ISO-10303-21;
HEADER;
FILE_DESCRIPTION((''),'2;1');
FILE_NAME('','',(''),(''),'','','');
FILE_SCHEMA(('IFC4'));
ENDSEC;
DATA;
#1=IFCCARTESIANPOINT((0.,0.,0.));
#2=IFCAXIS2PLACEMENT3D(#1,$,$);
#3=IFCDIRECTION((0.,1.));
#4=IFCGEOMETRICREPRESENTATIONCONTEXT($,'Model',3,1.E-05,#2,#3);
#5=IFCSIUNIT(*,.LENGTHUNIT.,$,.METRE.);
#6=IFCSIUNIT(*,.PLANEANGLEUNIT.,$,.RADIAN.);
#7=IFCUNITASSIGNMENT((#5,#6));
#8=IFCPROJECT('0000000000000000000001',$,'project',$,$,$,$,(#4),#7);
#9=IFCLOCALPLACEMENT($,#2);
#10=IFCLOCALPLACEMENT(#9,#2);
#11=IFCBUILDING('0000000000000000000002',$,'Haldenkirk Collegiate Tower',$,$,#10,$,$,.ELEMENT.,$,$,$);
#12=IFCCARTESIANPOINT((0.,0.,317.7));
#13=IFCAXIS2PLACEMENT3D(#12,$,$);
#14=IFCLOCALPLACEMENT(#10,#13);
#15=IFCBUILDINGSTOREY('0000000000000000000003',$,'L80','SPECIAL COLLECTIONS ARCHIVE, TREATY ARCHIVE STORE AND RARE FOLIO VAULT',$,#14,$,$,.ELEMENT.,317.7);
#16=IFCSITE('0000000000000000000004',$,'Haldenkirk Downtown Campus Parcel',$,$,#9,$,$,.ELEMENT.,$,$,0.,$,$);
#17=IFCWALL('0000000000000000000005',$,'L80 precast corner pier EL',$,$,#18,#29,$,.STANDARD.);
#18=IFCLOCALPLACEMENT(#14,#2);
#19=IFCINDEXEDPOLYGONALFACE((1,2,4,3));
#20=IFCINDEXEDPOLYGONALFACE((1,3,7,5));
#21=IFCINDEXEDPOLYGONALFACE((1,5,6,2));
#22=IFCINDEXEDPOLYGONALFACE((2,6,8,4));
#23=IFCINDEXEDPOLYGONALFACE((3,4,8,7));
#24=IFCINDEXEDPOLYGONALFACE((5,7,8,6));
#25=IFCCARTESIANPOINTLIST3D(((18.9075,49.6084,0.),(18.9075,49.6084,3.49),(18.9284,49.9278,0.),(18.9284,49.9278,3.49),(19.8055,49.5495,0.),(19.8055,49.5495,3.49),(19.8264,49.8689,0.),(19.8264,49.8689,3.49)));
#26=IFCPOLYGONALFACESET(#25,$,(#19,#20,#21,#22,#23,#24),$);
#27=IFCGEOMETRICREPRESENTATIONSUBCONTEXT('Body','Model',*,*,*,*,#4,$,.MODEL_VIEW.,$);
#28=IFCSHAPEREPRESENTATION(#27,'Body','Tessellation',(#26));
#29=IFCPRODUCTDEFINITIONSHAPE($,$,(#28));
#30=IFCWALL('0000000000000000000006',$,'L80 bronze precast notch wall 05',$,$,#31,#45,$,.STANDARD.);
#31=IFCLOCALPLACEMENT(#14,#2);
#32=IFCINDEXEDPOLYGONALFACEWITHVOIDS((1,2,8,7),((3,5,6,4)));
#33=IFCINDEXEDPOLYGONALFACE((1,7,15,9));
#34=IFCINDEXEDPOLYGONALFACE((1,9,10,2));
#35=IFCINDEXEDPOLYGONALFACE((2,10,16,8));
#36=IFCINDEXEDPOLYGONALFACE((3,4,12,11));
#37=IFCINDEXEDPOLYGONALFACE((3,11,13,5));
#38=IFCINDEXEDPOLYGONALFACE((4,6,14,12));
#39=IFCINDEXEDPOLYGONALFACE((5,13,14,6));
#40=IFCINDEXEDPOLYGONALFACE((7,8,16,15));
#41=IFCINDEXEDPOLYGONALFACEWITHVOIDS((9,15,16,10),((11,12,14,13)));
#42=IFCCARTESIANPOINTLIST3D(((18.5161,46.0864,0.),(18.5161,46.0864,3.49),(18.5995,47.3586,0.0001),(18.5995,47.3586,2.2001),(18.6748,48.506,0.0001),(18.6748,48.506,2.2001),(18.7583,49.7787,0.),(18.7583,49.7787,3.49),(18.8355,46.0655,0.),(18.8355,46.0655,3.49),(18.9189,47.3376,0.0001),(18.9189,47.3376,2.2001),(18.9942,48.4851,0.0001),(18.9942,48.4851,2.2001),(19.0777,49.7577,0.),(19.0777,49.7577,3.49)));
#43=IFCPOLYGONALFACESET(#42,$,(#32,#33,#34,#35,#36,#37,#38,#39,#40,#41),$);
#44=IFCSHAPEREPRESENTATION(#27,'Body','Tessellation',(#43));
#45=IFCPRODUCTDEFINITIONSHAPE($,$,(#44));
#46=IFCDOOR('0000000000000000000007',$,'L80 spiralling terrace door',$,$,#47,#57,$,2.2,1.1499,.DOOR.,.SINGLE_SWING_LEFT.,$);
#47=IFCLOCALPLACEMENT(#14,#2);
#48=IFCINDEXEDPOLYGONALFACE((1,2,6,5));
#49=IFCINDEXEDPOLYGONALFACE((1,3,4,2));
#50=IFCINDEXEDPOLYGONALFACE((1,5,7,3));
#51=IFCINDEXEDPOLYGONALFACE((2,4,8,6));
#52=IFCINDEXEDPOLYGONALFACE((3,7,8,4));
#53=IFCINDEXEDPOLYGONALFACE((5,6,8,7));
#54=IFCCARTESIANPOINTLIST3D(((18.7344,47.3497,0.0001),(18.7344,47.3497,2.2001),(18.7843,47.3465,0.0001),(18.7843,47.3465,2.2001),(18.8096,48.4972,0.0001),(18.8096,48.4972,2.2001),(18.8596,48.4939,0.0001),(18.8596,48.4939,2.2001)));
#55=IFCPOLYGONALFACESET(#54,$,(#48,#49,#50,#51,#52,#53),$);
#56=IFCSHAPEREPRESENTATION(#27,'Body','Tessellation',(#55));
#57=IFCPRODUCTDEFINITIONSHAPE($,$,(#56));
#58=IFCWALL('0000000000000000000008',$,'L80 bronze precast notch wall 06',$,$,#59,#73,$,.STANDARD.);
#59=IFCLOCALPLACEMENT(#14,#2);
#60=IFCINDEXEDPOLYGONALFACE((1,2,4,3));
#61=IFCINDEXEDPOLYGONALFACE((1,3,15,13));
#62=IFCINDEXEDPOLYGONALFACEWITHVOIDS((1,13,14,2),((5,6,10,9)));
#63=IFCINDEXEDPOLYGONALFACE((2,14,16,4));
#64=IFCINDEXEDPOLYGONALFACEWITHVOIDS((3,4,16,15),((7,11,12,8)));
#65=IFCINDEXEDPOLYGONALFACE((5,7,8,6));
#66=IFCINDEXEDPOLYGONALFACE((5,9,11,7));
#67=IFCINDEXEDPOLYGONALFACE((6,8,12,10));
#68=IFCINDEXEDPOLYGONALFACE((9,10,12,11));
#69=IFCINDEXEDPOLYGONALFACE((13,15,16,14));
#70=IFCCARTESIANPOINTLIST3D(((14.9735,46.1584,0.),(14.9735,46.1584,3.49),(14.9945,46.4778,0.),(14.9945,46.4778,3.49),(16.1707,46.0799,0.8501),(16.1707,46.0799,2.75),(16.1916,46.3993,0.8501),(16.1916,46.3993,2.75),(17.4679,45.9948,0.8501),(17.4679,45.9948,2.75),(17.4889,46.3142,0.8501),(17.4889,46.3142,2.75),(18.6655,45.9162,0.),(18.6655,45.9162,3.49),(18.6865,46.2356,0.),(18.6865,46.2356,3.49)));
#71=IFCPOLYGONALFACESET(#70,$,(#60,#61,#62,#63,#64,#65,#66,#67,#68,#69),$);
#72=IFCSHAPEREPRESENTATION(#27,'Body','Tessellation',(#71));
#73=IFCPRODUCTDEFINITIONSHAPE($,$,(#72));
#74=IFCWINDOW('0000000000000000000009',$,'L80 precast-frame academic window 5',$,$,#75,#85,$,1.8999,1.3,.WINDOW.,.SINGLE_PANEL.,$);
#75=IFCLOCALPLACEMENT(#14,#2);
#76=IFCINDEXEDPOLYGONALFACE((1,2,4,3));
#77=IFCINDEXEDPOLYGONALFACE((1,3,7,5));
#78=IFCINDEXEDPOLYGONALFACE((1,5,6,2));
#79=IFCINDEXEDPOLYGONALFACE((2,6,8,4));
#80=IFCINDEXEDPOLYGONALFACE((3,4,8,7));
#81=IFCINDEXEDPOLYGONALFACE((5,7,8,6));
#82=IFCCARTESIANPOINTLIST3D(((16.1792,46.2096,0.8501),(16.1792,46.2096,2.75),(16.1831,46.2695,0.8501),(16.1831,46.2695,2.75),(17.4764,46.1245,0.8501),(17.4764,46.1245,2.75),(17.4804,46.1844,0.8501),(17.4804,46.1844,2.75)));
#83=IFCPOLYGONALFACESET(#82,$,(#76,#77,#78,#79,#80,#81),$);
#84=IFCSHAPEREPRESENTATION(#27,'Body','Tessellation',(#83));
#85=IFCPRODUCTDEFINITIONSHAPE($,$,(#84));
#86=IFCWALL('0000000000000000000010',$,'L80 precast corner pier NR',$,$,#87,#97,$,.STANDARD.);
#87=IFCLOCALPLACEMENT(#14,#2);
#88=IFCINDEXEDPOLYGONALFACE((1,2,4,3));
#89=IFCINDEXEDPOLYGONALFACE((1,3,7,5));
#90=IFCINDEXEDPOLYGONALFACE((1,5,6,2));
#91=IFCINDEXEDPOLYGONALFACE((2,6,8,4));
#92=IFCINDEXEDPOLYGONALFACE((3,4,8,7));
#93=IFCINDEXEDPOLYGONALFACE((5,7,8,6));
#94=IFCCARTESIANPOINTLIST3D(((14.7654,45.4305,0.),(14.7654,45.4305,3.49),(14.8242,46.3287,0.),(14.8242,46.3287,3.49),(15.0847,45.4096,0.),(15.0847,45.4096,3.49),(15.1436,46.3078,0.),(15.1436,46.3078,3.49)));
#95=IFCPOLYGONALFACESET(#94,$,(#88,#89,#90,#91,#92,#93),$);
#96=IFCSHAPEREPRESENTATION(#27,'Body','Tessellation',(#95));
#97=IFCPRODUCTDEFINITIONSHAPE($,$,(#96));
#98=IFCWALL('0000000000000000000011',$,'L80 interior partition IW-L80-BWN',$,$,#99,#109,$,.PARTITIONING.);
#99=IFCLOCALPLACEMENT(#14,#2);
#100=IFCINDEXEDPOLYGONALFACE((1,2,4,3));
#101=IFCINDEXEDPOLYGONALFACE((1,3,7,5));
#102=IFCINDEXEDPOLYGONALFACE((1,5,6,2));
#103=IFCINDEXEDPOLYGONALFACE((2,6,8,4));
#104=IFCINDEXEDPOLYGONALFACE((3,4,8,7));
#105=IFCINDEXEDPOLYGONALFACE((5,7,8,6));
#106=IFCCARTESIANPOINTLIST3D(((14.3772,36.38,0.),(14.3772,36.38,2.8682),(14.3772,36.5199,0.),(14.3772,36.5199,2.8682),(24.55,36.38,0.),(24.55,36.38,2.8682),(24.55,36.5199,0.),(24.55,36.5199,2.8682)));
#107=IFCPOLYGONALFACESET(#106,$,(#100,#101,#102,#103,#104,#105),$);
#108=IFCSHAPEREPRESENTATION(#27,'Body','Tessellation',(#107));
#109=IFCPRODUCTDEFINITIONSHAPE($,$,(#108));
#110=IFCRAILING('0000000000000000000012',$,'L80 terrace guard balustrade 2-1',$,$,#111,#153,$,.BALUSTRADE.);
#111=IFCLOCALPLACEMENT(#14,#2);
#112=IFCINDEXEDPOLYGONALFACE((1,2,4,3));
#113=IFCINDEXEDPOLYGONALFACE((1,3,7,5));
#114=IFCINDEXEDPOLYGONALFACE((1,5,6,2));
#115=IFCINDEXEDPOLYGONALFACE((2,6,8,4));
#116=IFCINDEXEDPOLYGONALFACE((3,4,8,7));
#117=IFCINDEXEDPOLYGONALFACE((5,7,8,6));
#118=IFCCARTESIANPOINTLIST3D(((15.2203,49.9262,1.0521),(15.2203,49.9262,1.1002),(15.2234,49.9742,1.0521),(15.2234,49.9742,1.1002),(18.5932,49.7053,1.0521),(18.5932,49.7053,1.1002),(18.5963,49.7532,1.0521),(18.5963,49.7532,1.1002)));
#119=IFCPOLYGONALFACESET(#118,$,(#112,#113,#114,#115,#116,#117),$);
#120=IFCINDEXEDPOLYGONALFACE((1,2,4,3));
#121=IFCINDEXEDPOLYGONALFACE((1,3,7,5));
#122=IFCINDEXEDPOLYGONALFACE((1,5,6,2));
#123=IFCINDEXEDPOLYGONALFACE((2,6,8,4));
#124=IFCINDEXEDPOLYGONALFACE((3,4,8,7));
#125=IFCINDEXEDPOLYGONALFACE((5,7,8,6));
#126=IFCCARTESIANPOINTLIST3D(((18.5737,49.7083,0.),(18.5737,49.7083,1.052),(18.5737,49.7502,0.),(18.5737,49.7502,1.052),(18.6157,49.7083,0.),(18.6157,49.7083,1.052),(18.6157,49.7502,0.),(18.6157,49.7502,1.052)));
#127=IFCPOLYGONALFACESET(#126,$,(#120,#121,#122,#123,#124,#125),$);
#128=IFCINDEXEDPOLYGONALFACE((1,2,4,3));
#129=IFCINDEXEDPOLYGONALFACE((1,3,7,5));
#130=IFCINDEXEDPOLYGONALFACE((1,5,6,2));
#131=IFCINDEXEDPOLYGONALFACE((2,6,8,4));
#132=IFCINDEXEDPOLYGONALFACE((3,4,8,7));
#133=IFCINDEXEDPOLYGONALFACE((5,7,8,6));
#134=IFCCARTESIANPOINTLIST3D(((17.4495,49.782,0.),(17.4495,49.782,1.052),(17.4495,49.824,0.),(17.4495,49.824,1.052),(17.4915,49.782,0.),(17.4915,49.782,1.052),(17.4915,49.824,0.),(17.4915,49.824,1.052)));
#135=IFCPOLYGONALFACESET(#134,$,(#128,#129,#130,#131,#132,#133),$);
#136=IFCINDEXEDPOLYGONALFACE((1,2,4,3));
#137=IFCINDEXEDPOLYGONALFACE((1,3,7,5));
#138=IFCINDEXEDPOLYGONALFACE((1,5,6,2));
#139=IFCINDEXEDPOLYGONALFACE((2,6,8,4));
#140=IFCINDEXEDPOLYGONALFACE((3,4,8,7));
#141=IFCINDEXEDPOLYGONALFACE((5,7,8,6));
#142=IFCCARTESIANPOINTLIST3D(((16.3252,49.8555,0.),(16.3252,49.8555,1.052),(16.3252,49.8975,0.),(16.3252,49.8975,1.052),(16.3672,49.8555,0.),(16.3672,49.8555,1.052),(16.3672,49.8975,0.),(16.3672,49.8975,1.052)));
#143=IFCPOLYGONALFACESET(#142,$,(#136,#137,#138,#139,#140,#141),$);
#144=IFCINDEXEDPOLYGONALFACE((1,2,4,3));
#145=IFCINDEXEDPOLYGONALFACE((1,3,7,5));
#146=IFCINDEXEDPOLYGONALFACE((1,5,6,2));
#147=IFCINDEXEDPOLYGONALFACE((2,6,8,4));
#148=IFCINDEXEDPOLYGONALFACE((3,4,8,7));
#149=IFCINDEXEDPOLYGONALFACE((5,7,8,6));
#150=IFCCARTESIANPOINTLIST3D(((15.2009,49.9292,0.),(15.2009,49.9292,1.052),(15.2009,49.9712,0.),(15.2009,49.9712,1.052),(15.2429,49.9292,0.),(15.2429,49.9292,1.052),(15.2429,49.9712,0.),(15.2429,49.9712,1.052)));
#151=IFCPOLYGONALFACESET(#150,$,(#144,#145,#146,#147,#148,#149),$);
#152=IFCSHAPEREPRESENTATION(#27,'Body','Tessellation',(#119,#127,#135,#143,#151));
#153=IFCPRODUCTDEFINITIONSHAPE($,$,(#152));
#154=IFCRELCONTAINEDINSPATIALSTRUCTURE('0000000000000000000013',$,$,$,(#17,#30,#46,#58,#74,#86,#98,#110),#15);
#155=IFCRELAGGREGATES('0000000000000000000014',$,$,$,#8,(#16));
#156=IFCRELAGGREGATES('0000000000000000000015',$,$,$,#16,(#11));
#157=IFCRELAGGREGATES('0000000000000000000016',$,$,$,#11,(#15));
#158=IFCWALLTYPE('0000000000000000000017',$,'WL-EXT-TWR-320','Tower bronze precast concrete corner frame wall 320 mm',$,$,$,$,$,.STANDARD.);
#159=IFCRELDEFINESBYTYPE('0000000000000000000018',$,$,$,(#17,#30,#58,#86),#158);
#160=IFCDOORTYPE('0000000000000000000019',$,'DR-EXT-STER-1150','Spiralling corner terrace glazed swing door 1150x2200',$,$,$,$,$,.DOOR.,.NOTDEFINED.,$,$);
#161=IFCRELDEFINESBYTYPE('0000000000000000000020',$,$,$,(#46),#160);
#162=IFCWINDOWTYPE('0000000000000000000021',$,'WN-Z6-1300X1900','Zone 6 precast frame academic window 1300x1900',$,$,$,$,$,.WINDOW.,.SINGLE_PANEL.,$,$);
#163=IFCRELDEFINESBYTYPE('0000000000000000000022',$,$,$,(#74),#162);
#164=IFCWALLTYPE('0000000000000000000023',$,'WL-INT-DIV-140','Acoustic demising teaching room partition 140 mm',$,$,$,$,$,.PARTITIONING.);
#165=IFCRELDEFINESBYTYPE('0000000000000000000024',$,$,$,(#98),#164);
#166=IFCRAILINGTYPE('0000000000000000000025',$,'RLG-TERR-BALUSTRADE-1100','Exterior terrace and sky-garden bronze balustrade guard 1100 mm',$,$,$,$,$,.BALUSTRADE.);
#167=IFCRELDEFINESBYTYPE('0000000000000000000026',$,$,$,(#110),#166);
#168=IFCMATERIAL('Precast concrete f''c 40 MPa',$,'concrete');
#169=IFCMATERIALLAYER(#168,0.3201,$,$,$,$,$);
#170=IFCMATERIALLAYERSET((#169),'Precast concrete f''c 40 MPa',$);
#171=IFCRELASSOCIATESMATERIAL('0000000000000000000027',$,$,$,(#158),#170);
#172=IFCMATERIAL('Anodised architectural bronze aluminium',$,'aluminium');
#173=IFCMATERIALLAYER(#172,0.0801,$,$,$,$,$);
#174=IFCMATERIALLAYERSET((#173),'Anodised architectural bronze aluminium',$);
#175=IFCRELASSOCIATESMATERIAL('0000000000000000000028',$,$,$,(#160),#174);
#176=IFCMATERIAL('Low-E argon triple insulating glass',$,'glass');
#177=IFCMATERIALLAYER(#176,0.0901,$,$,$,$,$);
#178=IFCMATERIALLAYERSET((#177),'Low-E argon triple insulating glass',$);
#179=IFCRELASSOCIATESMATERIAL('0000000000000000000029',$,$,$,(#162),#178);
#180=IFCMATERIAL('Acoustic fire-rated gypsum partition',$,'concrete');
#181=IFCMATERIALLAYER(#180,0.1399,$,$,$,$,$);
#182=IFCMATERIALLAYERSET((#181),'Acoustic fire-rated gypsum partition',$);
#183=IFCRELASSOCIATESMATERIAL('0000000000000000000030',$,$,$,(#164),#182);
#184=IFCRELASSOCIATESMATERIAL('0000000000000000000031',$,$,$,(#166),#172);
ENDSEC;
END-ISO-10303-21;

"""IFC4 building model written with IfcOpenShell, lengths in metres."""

from ifc_helpers import new_model, si_unit, direction, frame, frame_2d, origin, origin_2d, place, context, subcontext, project, spatial, rectangle, extrude, material, layer, layer_set, type_object, element, fill, save


model = new_model("IFC4")

# Units and contexts
model_context = context("Model", 3, precision=1e-05, world=origin(), true_north=direction((0.0, 1.0)))
body_context = subcontext(model_context, "Body", "Model", "MODEL_VIEW")
ifc_project = project(units=[si_unit("LENGTHUNIT", "METRE"), si_unit("PLANEANGLEUNIT", "RADIAN")], contexts=[model_context])

# Site, building, storey
site_placement = place(None, origin())
site = spatial("IfcSite", under=ifc_project, at=site_placement, Name="Haldenkirk Downtown Campus Parcel", CompositionType="ELEMENT", RefElevation=0.0)
building_placement = place(site_placement, origin())
building = spatial("IfcBuilding", under=site, at=building_placement, Name="Haldenkirk Collegiate Tower", CompositionType="ELEMENT")
storey_placement = place(building_placement, frame((0.0, 0.0, 317.7)))
storey = spatial("IfcBuildingStorey", under=building, at=storey_placement, Name="L80", Description="SPECIAL COLLECTIONS ARCHIVE, TREATY ARCHIVE STORE AND RARE FOLIO VAULT", CompositionType="ELEMENT", Elevation=317.7)

# Shared definitions
ifc_material_1 = material(Name="Anodised architectural bronze aluminium", Category="aluminium")

# Shared definitions
ifc_material_2 = material(Name="Low-E argon triple insulating glass", Category="glass")

# Wall
ifc_material_3 = material(Name="Precast concrete f'c 40 MPa", Category="concrete")
ifc_layer_1 = layer(ifc_material_3, 0.3201)
ifc_layer_set_1 = layer_set([ifc_layer_1], Name="Precast concrete f'c 40 MPa")
wall_type_1 = type_object("IfcWallType", Name="WL-EXT-TWR-320", Description="Tower bronze precast concrete corner frame wall 320 mm", PredefinedType="STANDARD", material=ifc_layer_set_1)
wall_1_placement = place(storey_placement, frame((18.918, 49.7681, 0.0), z_axis=(0.0, 0.0, 1.0), x_axis=(0.99786, -0.065385, 0.0)))
element("IfcWall", 1, at=wall_1_placement, inside=storey, type_object=wall_type_1, Name="L80 precast corner pier EL", PredefinedType="STANDARD", context=body_context, shape_type="SweptSolid", body=[
    extrude(rectangle(XDim=0.8999, YDim=0.3201, at=frame_2d((0.45, 0.0))), origin(), (0.0, 0.0, 1.0), 3.49),
])

# Wall, opening, door
wall_2_placement = place(storey_placement, frame((18.6758, 46.0759, 0.0), z_axis=(0.0, 0.0, 1.0), x_axis=(0.065455, 0.997856, 0.0)))
wall_2 = element("IfcWall", 2, at=wall_2_placement, inside=storey, type_object=wall_type_1, Name="L80 bronze precast notch wall 05", PredefinedType="STANDARD", context=body_context, shape_type="SweptSolid", body=[
    extrude(rectangle(XDim=3.7002, YDim=0.3201, at=frame_2d((1.8501, 0.0))), origin(), (0.0, 0.0, 1.0), 3.49),
])
opening_1_placement = place(wall_2_placement, frame((1.2749, 0.0, 0.0)))
opening_1 = element("IfcOpeningElement", 3, at=opening_1_placement, cuts=wall_2, PredefinedType="OPENING", context=body_context, shape_type="SweptSolid", body=[
    extrude(rectangle(XDim=1.1499, YDim=2.2, at=frame_2d((0.575, 1.1001))), frame((0.0, 0.1699, 0.0), z_axis=(0.0, -1.0, 0.0), x_axis=(1.0, 0.0, 0.0)), (0.0, 0.0, 1.0), 0.3401),
])
ifc_layer_2 = layer(ifc_material_1, 0.0801)
ifc_layer_set_2 = layer_set([ifc_layer_2], Name="Anodised architectural bronze aluminium")
door_type = type_object("IfcDoorType", Name="DR-EXT-STER-1150", Description="Spiralling corner terrace glazed swing door 1150x2200", OperationType="NOTDEFINED", PredefinedType="DOOR", material=ifc_layer_set_2)
door_placement = place(opening_1_placement, origin())
door = element("IfcDoor", 4, at=door_placement, inside=storey, type_object=door_type, Name="L80 spiralling terrace door", OperationType="SINGLE_SWING_LEFT", OverallHeight=2.2, OverallWidth=1.1499, PredefinedType="DOOR", context=body_context, shape_type="SweptSolid", body=[
    extrude(rectangle(XDim=1.1499, YDim=2.2, at=frame_2d((0.575, 1.1001))), frame((0.0, 0.0249, 0.0), z_axis=(0.0, -1.0, 0.0), x_axis=(1.0, 0.0, 0.0)), (0.0, 0.0, 1.0), 0.05),
])
fill(opening_1, door)

# Wall, opening, window
wall_3_placement = place(storey_placement, frame((14.9839, 46.3181, 0.0), z_axis=(0.0, 0.0, 1.0), x_axis=(0.997855, -0.065459, 0.0)))
wall_3 = element("IfcWall", 5, at=wall_3_placement, inside=storey, type_object=wall_type_1, Name="L80 bronze precast notch wall 06", PredefinedType="STANDARD", context=body_context, shape_type="SweptSolid", body=[
    extrude(rectangle(XDim=3.7, YDim=0.3201, at=frame_2d((1.8501, 0.0))), origin(), (0.0, 0.0, 1.0), 3.49),
])
opening_2_placement = place(wall_3_placement, frame((1.2, 0.0, 0.8501)))
opening_2 = element("IfcOpeningElement", 6, at=opening_2_placement, cuts=wall_3, PredefinedType="OPENING", context=body_context, shape_type="SweptSolid", body=[
    extrude(rectangle(XDim=1.3, YDim=1.8999, at=frame_2d((0.6499, 0.95))), frame((0.0, 0.1699, 0.0), z_axis=(0.0, -1.0, 0.0), x_axis=(1.0, 0.0, 0.0)), (0.0, 0.0, 1.0), 0.3401),
])
ifc_layer_3 = layer(ifc_material_2, 0.0901)
ifc_layer_set_3 = layer_set([ifc_layer_3], Name="Low-E argon triple insulating glass")
window_type = type_object("IfcWindowType", Name="WN-Z6-1300X1900", Description="Zone 6 precast frame academic window 1300x1900", PartitioningType="SINGLE_PANEL", PredefinedType="WINDOW", material=ifc_layer_set_3)
window_placement = place(opening_2_placement, origin())
window = element("IfcWindow", 7, at=window_placement, inside=storey, type_object=window_type, Name="L80 precast-frame academic window 5", OverallHeight=1.8999, OverallWidth=1.3, PartitioningType="SINGLE_PANEL", PredefinedType="WINDOW", context=body_context, shape_type="SweptSolid", body=[
    extrude(rectangle(XDim=1.3, YDim=1.8999, at=frame_2d((0.6499, 0.95))), frame((0.0, 0.03, 0.0), z_axis=(0.0, -1.0, 0.0), x_axis=(1.0, 0.0, 0.0)), (0.0, 0.0, 1.0), 0.0601),
])
fill(opening_2, window)

# Walls
wall_4_placement = place(storey_placement, frame((14.925, 45.4199, 0.0), z_axis=(0.0, 0.0, 1.0), x_axis=(0.065367, 0.997861, 0.0)))
element("IfcWall", 8, at=wall_4_placement, inside=storey, type_object=wall_type_1, Name="L80 precast corner pier NR", PredefinedType="STANDARD", context=body_context, shape_type="SweptSolid", body=[
    extrude(rectangle(XDim=0.9001, YDim=0.3201, at=frame_2d((0.4502, 0.0))), origin(), (0.0, 0.0, 1.0), 3.49),
])
ifc_material_4 = material(Name="Acoustic fire-rated gypsum partition", Category="concrete")
ifc_layer_4 = layer(ifc_material_4, 0.1399)
ifc_layer_set_4 = layer_set([ifc_layer_4], Name="Acoustic fire-rated gypsum partition")
wall_type_2 = type_object("IfcWallType", Name="WL-INT-DIV-140", Description="Acoustic demising teaching room partition 140 mm", PredefinedType="PARTITIONING", material=ifc_layer_set_4)
wall_5_placement = place(storey_placement, frame((14.3772, 36.45, 0.0), z_axis=(0.0, 0.0, 1.0), x_axis=(1.0, 0.0, 0.0)))
element("IfcWall", 9, at=wall_5_placement, inside=storey, type_object=wall_type_2, Name="L80 interior partition IW-L80-BWN", PredefinedType="PARTITIONING", context=body_context, shape_type="SweptSolid", body=[
    extrude(rectangle(XDim=10.1729, YDim=0.1399, at=frame_2d((5.0864, 0.0))), origin(), (0.0, 0.0, 1.0), 2.8682),
])

# Railing
railing_type = type_object("IfcRailingType", Name="RLG-TERR-BALUSTRADE-1100", Description="Exterior terrace and sky-garden bronze balustrade guard 1100 mm", PredefinedType="BALUSTRADE", material=ifc_material_1)
railing_1_placement = place(storey_placement, frame((18.5947, 49.7292, 0.0)))
element("IfcRailing", 10, at=railing_1_placement, inside=storey, type_object=railing_type, Name="L80 terrace guard balustrade 2-1", PredefinedType="BALUSTRADE", context=body_context, shape_type="SweptSolid", body=[
    extrude(rectangle(XDim=0.0481, YDim=0.0481, at=origin_2d()), frame((0.0, 0.0, 1.0762), z_axis=(-0.997861, 0.065368, 0.0), x_axis=(-0.065368, -0.997861, 0.0)), (0.0, 0.0, 1.0), 3.3801),
    extrude(rectangle(XDim=0.042, YDim=0.042, at=origin_2d()), origin(), (0.0, 0.0, 1.0), 1.052),
    extrude(rectangle(XDim=0.042, YDim=0.042, at=origin_2d()), frame((-1.1243, 0.0737, 0.0)), (0.0, 0.0, 1.0), 1.052),
    extrude(rectangle(XDim=0.042, YDim=0.042, at=origin_2d()), frame((-2.2485, 0.1472, 0.0)), (0.0, 0.0, 1.0), 1.052),
    extrude(rectangle(XDim=0.042, YDim=0.042, at=origin_2d()), frame((-3.3728, 0.2209, 0.0)), (0.0, 0.0, 1.0), 1.052),
])

save(model, "model.ifc")
